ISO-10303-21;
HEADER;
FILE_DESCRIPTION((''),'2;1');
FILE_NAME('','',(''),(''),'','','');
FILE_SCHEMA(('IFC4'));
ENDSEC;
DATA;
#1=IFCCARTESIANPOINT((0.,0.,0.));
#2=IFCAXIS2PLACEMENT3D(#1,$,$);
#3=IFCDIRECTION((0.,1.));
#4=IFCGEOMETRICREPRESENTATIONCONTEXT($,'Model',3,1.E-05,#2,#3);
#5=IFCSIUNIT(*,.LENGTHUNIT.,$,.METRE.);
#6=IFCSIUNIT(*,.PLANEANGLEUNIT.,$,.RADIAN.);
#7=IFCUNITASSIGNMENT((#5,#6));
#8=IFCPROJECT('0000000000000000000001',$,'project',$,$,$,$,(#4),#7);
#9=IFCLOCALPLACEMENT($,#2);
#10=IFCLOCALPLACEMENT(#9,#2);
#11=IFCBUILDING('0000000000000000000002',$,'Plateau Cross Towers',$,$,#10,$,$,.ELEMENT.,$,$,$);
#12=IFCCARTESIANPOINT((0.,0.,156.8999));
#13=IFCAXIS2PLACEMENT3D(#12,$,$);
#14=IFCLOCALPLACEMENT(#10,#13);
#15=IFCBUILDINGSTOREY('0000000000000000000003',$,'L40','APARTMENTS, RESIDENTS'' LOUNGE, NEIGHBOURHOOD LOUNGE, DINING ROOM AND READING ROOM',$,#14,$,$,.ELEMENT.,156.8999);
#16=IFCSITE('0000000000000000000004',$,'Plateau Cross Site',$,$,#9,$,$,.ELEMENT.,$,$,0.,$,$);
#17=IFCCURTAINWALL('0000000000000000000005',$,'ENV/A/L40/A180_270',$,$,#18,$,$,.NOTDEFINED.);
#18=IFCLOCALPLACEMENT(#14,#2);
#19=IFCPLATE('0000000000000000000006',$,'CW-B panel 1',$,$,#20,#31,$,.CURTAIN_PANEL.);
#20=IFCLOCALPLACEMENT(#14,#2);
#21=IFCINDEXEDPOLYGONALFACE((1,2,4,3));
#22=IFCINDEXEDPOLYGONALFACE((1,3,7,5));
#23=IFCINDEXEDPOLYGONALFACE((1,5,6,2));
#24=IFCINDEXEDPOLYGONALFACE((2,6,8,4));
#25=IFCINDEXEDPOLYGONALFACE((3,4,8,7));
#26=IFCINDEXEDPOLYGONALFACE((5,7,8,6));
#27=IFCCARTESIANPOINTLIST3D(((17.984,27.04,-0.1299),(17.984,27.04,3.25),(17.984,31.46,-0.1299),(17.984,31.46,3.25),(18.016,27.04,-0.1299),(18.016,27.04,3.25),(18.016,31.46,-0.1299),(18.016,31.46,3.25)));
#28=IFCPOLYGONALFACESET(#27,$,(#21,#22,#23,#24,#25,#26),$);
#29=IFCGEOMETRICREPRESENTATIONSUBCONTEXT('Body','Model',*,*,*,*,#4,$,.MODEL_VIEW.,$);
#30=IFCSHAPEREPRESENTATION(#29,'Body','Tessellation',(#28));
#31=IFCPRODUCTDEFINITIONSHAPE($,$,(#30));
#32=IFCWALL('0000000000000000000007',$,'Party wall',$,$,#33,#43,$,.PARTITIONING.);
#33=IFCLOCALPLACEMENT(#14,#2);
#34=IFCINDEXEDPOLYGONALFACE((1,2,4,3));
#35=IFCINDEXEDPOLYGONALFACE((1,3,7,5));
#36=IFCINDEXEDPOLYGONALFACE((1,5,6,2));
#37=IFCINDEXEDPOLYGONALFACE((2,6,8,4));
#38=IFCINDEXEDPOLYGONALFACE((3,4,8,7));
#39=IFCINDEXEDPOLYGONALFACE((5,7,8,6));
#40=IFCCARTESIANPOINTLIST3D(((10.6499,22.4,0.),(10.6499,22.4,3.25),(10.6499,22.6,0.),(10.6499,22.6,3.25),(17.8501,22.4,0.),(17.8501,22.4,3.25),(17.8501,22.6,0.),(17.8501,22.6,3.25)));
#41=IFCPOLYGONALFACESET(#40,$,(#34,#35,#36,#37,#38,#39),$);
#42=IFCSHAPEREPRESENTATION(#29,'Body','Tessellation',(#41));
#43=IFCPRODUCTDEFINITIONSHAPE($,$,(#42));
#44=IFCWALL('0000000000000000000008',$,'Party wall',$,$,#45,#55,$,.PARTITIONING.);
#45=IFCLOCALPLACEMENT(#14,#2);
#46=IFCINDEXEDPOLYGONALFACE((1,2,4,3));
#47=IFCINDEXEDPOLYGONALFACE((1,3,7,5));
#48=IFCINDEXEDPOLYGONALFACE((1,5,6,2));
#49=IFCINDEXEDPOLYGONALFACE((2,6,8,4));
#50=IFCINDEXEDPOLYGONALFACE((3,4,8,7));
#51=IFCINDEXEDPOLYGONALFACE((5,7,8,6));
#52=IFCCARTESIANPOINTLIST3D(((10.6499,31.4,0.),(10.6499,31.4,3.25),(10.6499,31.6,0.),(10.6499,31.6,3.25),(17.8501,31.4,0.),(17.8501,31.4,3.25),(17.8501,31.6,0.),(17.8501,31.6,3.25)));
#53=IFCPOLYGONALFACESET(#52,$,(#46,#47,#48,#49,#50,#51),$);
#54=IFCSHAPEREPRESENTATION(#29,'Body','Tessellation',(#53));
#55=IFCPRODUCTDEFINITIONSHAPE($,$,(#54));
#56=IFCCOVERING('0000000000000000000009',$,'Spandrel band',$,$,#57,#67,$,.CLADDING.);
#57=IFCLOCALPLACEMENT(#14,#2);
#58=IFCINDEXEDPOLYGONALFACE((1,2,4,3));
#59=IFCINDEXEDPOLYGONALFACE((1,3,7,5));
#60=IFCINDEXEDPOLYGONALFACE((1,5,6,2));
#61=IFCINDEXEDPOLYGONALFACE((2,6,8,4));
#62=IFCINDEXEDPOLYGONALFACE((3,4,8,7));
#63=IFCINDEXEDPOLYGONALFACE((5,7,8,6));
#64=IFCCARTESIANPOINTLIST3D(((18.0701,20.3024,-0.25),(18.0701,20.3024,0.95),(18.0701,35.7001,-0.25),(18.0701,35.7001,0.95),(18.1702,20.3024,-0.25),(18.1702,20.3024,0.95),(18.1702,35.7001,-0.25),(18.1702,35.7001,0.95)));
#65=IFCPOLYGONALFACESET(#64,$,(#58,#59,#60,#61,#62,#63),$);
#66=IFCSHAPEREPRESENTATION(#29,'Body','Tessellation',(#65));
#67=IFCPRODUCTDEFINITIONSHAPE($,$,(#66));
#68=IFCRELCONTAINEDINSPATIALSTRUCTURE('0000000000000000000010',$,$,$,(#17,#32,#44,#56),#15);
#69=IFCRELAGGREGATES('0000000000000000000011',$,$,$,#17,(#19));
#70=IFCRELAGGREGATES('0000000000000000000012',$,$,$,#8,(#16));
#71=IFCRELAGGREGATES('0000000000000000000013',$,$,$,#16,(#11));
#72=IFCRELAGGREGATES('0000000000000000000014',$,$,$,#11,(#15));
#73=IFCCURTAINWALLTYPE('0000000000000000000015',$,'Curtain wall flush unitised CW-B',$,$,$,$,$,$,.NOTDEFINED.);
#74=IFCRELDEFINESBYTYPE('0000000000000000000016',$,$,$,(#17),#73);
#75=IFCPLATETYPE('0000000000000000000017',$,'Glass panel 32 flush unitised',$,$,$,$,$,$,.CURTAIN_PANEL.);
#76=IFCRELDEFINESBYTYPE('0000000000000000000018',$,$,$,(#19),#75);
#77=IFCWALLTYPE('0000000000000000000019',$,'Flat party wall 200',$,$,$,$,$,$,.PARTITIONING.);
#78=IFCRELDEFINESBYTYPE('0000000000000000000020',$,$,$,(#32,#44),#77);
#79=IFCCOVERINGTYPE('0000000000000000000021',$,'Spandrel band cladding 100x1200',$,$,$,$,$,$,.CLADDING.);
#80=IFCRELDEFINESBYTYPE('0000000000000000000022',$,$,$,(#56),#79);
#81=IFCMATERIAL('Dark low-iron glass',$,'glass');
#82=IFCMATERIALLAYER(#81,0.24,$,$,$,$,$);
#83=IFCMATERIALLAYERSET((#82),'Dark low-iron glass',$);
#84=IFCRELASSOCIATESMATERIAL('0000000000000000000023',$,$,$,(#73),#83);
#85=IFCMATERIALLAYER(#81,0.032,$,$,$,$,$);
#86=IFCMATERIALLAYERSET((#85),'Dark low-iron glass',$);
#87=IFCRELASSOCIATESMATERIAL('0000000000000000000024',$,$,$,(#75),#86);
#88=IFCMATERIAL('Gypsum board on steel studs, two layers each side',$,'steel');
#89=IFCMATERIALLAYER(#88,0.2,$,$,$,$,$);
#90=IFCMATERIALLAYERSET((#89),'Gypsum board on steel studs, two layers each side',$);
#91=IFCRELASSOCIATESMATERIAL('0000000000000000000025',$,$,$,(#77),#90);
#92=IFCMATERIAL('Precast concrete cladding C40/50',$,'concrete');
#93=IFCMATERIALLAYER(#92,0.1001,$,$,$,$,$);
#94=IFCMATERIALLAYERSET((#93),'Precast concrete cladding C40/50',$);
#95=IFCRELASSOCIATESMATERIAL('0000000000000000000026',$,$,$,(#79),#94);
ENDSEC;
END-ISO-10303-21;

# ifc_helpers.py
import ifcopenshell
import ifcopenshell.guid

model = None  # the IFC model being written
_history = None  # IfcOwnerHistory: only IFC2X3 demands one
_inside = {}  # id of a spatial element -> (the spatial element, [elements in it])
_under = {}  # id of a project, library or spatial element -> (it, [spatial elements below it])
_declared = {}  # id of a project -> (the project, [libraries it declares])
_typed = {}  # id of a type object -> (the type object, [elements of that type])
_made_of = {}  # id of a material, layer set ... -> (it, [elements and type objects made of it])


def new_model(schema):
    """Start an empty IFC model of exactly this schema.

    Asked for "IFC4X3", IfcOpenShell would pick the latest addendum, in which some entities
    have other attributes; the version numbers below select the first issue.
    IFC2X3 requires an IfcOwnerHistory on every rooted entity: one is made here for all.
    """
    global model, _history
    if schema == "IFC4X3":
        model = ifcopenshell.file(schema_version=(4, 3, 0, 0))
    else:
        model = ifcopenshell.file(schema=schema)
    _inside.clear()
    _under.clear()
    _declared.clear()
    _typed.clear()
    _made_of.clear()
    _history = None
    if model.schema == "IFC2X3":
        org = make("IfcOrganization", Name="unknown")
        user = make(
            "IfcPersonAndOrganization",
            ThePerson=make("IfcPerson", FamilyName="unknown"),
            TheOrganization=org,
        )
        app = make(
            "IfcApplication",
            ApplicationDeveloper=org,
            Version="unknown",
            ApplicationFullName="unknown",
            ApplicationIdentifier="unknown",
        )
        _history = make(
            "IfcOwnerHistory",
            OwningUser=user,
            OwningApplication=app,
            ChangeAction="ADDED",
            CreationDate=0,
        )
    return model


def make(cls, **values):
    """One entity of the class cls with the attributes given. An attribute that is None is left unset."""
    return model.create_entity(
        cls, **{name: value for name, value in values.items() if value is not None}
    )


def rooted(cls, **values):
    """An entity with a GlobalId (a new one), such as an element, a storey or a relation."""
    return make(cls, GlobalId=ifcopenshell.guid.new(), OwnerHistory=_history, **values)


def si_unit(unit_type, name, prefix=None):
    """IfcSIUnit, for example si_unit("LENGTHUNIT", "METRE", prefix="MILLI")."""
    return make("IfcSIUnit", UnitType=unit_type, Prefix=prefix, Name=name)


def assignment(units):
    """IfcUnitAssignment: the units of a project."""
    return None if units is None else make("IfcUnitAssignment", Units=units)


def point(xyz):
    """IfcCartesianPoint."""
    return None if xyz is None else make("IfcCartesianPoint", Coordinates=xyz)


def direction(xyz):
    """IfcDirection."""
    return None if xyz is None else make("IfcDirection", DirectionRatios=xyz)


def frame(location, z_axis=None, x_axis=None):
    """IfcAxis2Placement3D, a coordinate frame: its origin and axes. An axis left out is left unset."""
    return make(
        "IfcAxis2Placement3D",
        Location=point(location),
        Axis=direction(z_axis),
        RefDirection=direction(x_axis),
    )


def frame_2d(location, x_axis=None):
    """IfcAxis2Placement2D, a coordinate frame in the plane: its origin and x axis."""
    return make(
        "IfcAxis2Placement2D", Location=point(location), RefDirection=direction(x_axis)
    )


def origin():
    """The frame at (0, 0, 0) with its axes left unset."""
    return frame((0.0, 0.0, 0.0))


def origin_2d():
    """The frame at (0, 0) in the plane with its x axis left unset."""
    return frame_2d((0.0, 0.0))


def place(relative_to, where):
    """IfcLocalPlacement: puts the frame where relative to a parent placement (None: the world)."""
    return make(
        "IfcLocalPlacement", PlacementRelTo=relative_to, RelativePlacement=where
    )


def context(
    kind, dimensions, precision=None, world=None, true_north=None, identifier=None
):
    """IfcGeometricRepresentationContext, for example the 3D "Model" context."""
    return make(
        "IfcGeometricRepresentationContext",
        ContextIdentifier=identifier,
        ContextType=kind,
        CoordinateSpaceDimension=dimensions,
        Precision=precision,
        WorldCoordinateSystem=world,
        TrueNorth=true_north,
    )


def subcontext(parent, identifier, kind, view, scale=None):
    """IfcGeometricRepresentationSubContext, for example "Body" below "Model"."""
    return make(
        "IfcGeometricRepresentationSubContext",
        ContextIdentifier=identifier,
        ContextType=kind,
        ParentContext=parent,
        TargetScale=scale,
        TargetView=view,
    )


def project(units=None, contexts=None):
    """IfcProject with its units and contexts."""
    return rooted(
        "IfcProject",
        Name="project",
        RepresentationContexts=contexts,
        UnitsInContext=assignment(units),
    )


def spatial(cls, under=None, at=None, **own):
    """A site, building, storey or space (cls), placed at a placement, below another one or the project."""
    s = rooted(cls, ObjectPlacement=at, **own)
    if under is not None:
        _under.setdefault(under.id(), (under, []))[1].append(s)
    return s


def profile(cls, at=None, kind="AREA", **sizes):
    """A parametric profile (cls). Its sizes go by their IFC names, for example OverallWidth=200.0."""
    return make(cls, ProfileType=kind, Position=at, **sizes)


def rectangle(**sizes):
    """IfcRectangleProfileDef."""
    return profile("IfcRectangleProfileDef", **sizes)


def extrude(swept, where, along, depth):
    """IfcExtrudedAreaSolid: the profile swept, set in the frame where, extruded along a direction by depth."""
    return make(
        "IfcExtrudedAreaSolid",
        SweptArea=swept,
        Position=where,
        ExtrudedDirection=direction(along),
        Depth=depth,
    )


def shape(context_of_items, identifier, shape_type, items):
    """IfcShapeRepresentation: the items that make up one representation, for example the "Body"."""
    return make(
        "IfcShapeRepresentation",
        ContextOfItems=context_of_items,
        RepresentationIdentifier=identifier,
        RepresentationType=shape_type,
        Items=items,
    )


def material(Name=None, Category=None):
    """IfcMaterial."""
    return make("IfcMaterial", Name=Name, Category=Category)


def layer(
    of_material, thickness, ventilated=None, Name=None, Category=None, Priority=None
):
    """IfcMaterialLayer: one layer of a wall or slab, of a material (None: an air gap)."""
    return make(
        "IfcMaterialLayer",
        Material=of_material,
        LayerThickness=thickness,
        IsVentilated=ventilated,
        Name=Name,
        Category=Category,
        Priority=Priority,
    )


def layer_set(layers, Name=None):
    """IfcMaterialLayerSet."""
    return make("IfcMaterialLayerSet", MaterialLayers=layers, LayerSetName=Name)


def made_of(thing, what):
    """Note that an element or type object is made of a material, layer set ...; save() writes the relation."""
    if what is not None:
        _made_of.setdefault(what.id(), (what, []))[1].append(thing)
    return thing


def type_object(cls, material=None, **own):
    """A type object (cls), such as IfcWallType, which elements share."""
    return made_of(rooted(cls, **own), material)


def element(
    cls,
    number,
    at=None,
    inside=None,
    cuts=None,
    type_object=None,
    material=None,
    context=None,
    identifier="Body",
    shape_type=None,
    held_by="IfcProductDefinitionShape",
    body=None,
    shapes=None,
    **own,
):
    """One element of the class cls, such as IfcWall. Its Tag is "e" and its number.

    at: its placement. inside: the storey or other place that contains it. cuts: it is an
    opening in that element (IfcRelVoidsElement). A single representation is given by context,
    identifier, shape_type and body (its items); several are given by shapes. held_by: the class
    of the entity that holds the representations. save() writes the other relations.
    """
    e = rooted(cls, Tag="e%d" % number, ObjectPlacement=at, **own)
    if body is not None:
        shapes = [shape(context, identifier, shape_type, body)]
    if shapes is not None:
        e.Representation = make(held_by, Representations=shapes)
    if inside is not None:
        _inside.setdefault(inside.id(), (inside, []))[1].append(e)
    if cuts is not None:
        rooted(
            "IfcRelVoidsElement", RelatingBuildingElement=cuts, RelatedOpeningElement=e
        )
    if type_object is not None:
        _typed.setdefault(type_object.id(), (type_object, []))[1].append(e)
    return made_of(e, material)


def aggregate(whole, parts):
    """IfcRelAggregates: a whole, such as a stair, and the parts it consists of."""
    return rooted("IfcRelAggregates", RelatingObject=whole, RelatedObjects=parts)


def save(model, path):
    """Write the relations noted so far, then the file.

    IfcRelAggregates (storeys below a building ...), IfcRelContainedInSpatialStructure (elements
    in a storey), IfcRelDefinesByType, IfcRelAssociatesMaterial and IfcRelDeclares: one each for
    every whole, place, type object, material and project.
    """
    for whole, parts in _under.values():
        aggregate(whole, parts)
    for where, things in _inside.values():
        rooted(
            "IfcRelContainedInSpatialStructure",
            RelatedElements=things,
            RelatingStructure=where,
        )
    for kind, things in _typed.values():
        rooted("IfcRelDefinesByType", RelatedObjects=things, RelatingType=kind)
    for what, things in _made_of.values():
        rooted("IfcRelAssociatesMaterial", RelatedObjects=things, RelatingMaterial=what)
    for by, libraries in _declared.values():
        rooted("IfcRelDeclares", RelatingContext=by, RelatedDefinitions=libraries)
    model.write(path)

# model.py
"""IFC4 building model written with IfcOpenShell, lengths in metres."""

from ifc_helpers import new_model, si_unit, direction, frame, frame_2d, origin, origin_2d, place, context, subcontext, project, spatial, rectangle, extrude, material, layer, layer_set, type_object, element, aggregate, save


model = new_model("IFC4")

# Units and contexts
model_context = context("Model", 3, precision=1e-05, world=origin(), true_north=direction((0.0, 1.0)))
body_context = subcontext(model_context, "Body", "Model", "MODEL_VIEW")
ifc_project = project(units=[si_unit("LENGTHUNIT", "METRE"), si_unit("PLANEANGLEUNIT", "RADIAN")], contexts=[model_context])

# Site, building, storey
site_placement = place(None, origin())
site = spatial("IfcSite", under=ifc_project, at=site_placement, Name="Plateau Cross Site", CompositionType="ELEMENT", RefElevation=0.0)
building_placement = place(site_placement, origin())
building = spatial("IfcBuilding", under=site, at=building_placement, Name="Plateau Cross Towers", CompositionType="ELEMENT")
storey_placement = place(building_placement, frame((0.0, 0.0, 156.8999)))
storey = spatial("IfcBuildingStorey", under=building, at=storey_placement, Name="L40", Description="APARTMENTS, RESIDENTS' LOUNGE, NEIGHBOURHOOD LOUNGE, DINING ROOM AND READING ROOM", CompositionType="ELEMENT", Elevation=156.8999)

# Shared definitions
ifc_material_1 = material(Name="Dark low-iron glass", Category="glass")
ifc_layer_1 = layer(ifc_material_1, 0.24)
ifc_layer_set_1 = layer_set([ifc_layer_1], Name="Dark low-iron glass")
curtain_wall_type_1 = type_object("IfcCurtainWallType", Name="Curtain wall flush unitised CW-B", PredefinedType="NOTDEFINED", material=ifc_layer_set_1)

# Curtain wall
curtain_wall_1_placement = place(storey_placement, origin())
curtain_wall_1 = element("IfcCurtainWall", 1, at=curtain_wall_1_placement, inside=storey, type_object=curtain_wall_type_1, Name="ENV/A/L40/A180_270", PredefinedType="NOTDEFINED")

# Plate
ifc_layer_2 = layer(ifc_material_1, 0.032)
ifc_layer_set_2 = layer_set([ifc_layer_2], Name="Dark low-iron glass")
plate_type = type_object("IfcPlateType", Name="Glass panel 32 flush unitised", PredefinedType="CURTAIN_PANEL", material=ifc_layer_set_2)
plate_1_placement = place(storey_placement, frame((18.0, 29.25, -0.1299), z_axis=(0.0, 0.0, 1.0), x_axis=(0.0, 1.0, 0.0)))
plate_1 = element("IfcPlate", 2, at=plate_1_placement, type_object=plate_type, Name="CW-B panel 1", PredefinedType="CURTAIN_PANEL", context=body_context, shape_type="SweptSolid", body=[
    extrude(rectangle(XDim=4.4199, YDim=0.032, at=origin_2d()), origin(), (0.0, 0.0, 1.0), 3.3799),
])
aggregate(curtain_wall_1, [plate_1])

# Walls
ifc_material_2 = material(Name="Gypsum board on steel studs, two layers each side", Category="steel")
ifc_layer_3 = layer(ifc_material_2, 0.2)
ifc_layer_set_3 = layer_set([ifc_layer_3], Name="Gypsum board on steel studs, two layers each side")
wall_type_1 = type_object("IfcWallType", Name="Flat party wall 200", PredefinedType="PARTITIONING", material=ifc_layer_set_3)
for number, where, z_axis, x_axis, name in (
    (3, (17.8501, 22.5, 0.0), (0.0, 0.0, 1.0), (-1.0, 0.0, 0.0), "Party wall"),
    (4, (17.8501, 31.5, 0.0), (0.0, 0.0, 1.0), (-1.0, 0.0, 0.0), "Party wall"),
):
    element("IfcWall", number, at=place(storey_placement, frame(where, z_axis=z_axis, x_axis=x_axis)), inside=storey, type_object=wall_type_1, Name=name, PredefinedType="PARTITIONING", context=body_context, shape_type="SweptSolid", body=[
        extrude(rectangle(XDim=7.2002, YDim=0.2, at=frame_2d((3.6001, 0.0))), origin(), (0.0, 0.0, 1.0), 3.25),
    ])

# Covering
ifc_material_3 = material(Name="Precast concrete cladding C40/50", Category="concrete")
ifc_layer_4 = layer(ifc_material_3, 0.1001)
ifc_layer_set_4 = layer_set([ifc_layer_4], Name="Precast concrete cladding C40/50")
covering_type = type_object("IfcCoveringType", Name="Spandrel band cladding 100x1200", PredefinedType="CLADDING", material=ifc_layer_set_4)
covering_placement = place(storey_placement, frame((18.1201, 28.0012, -0.25), z_axis=(0.0, 0.0, 1.0), x_axis=(0.0, 1.0, 0.0)))
element("IfcCovering", 5, at=covering_placement, inside=storey, type_object=covering_type, Name="Spandrel band", PredefinedType="CLADDING", context=body_context, shape_type="SweptSolid", body=[
    extrude(rectangle(XDim=15.3977, YDim=0.1001, at=origin_2d()), origin(), (0.0, 0.0, 1.0), 1.2),
])

save(model, "model.ifc")
